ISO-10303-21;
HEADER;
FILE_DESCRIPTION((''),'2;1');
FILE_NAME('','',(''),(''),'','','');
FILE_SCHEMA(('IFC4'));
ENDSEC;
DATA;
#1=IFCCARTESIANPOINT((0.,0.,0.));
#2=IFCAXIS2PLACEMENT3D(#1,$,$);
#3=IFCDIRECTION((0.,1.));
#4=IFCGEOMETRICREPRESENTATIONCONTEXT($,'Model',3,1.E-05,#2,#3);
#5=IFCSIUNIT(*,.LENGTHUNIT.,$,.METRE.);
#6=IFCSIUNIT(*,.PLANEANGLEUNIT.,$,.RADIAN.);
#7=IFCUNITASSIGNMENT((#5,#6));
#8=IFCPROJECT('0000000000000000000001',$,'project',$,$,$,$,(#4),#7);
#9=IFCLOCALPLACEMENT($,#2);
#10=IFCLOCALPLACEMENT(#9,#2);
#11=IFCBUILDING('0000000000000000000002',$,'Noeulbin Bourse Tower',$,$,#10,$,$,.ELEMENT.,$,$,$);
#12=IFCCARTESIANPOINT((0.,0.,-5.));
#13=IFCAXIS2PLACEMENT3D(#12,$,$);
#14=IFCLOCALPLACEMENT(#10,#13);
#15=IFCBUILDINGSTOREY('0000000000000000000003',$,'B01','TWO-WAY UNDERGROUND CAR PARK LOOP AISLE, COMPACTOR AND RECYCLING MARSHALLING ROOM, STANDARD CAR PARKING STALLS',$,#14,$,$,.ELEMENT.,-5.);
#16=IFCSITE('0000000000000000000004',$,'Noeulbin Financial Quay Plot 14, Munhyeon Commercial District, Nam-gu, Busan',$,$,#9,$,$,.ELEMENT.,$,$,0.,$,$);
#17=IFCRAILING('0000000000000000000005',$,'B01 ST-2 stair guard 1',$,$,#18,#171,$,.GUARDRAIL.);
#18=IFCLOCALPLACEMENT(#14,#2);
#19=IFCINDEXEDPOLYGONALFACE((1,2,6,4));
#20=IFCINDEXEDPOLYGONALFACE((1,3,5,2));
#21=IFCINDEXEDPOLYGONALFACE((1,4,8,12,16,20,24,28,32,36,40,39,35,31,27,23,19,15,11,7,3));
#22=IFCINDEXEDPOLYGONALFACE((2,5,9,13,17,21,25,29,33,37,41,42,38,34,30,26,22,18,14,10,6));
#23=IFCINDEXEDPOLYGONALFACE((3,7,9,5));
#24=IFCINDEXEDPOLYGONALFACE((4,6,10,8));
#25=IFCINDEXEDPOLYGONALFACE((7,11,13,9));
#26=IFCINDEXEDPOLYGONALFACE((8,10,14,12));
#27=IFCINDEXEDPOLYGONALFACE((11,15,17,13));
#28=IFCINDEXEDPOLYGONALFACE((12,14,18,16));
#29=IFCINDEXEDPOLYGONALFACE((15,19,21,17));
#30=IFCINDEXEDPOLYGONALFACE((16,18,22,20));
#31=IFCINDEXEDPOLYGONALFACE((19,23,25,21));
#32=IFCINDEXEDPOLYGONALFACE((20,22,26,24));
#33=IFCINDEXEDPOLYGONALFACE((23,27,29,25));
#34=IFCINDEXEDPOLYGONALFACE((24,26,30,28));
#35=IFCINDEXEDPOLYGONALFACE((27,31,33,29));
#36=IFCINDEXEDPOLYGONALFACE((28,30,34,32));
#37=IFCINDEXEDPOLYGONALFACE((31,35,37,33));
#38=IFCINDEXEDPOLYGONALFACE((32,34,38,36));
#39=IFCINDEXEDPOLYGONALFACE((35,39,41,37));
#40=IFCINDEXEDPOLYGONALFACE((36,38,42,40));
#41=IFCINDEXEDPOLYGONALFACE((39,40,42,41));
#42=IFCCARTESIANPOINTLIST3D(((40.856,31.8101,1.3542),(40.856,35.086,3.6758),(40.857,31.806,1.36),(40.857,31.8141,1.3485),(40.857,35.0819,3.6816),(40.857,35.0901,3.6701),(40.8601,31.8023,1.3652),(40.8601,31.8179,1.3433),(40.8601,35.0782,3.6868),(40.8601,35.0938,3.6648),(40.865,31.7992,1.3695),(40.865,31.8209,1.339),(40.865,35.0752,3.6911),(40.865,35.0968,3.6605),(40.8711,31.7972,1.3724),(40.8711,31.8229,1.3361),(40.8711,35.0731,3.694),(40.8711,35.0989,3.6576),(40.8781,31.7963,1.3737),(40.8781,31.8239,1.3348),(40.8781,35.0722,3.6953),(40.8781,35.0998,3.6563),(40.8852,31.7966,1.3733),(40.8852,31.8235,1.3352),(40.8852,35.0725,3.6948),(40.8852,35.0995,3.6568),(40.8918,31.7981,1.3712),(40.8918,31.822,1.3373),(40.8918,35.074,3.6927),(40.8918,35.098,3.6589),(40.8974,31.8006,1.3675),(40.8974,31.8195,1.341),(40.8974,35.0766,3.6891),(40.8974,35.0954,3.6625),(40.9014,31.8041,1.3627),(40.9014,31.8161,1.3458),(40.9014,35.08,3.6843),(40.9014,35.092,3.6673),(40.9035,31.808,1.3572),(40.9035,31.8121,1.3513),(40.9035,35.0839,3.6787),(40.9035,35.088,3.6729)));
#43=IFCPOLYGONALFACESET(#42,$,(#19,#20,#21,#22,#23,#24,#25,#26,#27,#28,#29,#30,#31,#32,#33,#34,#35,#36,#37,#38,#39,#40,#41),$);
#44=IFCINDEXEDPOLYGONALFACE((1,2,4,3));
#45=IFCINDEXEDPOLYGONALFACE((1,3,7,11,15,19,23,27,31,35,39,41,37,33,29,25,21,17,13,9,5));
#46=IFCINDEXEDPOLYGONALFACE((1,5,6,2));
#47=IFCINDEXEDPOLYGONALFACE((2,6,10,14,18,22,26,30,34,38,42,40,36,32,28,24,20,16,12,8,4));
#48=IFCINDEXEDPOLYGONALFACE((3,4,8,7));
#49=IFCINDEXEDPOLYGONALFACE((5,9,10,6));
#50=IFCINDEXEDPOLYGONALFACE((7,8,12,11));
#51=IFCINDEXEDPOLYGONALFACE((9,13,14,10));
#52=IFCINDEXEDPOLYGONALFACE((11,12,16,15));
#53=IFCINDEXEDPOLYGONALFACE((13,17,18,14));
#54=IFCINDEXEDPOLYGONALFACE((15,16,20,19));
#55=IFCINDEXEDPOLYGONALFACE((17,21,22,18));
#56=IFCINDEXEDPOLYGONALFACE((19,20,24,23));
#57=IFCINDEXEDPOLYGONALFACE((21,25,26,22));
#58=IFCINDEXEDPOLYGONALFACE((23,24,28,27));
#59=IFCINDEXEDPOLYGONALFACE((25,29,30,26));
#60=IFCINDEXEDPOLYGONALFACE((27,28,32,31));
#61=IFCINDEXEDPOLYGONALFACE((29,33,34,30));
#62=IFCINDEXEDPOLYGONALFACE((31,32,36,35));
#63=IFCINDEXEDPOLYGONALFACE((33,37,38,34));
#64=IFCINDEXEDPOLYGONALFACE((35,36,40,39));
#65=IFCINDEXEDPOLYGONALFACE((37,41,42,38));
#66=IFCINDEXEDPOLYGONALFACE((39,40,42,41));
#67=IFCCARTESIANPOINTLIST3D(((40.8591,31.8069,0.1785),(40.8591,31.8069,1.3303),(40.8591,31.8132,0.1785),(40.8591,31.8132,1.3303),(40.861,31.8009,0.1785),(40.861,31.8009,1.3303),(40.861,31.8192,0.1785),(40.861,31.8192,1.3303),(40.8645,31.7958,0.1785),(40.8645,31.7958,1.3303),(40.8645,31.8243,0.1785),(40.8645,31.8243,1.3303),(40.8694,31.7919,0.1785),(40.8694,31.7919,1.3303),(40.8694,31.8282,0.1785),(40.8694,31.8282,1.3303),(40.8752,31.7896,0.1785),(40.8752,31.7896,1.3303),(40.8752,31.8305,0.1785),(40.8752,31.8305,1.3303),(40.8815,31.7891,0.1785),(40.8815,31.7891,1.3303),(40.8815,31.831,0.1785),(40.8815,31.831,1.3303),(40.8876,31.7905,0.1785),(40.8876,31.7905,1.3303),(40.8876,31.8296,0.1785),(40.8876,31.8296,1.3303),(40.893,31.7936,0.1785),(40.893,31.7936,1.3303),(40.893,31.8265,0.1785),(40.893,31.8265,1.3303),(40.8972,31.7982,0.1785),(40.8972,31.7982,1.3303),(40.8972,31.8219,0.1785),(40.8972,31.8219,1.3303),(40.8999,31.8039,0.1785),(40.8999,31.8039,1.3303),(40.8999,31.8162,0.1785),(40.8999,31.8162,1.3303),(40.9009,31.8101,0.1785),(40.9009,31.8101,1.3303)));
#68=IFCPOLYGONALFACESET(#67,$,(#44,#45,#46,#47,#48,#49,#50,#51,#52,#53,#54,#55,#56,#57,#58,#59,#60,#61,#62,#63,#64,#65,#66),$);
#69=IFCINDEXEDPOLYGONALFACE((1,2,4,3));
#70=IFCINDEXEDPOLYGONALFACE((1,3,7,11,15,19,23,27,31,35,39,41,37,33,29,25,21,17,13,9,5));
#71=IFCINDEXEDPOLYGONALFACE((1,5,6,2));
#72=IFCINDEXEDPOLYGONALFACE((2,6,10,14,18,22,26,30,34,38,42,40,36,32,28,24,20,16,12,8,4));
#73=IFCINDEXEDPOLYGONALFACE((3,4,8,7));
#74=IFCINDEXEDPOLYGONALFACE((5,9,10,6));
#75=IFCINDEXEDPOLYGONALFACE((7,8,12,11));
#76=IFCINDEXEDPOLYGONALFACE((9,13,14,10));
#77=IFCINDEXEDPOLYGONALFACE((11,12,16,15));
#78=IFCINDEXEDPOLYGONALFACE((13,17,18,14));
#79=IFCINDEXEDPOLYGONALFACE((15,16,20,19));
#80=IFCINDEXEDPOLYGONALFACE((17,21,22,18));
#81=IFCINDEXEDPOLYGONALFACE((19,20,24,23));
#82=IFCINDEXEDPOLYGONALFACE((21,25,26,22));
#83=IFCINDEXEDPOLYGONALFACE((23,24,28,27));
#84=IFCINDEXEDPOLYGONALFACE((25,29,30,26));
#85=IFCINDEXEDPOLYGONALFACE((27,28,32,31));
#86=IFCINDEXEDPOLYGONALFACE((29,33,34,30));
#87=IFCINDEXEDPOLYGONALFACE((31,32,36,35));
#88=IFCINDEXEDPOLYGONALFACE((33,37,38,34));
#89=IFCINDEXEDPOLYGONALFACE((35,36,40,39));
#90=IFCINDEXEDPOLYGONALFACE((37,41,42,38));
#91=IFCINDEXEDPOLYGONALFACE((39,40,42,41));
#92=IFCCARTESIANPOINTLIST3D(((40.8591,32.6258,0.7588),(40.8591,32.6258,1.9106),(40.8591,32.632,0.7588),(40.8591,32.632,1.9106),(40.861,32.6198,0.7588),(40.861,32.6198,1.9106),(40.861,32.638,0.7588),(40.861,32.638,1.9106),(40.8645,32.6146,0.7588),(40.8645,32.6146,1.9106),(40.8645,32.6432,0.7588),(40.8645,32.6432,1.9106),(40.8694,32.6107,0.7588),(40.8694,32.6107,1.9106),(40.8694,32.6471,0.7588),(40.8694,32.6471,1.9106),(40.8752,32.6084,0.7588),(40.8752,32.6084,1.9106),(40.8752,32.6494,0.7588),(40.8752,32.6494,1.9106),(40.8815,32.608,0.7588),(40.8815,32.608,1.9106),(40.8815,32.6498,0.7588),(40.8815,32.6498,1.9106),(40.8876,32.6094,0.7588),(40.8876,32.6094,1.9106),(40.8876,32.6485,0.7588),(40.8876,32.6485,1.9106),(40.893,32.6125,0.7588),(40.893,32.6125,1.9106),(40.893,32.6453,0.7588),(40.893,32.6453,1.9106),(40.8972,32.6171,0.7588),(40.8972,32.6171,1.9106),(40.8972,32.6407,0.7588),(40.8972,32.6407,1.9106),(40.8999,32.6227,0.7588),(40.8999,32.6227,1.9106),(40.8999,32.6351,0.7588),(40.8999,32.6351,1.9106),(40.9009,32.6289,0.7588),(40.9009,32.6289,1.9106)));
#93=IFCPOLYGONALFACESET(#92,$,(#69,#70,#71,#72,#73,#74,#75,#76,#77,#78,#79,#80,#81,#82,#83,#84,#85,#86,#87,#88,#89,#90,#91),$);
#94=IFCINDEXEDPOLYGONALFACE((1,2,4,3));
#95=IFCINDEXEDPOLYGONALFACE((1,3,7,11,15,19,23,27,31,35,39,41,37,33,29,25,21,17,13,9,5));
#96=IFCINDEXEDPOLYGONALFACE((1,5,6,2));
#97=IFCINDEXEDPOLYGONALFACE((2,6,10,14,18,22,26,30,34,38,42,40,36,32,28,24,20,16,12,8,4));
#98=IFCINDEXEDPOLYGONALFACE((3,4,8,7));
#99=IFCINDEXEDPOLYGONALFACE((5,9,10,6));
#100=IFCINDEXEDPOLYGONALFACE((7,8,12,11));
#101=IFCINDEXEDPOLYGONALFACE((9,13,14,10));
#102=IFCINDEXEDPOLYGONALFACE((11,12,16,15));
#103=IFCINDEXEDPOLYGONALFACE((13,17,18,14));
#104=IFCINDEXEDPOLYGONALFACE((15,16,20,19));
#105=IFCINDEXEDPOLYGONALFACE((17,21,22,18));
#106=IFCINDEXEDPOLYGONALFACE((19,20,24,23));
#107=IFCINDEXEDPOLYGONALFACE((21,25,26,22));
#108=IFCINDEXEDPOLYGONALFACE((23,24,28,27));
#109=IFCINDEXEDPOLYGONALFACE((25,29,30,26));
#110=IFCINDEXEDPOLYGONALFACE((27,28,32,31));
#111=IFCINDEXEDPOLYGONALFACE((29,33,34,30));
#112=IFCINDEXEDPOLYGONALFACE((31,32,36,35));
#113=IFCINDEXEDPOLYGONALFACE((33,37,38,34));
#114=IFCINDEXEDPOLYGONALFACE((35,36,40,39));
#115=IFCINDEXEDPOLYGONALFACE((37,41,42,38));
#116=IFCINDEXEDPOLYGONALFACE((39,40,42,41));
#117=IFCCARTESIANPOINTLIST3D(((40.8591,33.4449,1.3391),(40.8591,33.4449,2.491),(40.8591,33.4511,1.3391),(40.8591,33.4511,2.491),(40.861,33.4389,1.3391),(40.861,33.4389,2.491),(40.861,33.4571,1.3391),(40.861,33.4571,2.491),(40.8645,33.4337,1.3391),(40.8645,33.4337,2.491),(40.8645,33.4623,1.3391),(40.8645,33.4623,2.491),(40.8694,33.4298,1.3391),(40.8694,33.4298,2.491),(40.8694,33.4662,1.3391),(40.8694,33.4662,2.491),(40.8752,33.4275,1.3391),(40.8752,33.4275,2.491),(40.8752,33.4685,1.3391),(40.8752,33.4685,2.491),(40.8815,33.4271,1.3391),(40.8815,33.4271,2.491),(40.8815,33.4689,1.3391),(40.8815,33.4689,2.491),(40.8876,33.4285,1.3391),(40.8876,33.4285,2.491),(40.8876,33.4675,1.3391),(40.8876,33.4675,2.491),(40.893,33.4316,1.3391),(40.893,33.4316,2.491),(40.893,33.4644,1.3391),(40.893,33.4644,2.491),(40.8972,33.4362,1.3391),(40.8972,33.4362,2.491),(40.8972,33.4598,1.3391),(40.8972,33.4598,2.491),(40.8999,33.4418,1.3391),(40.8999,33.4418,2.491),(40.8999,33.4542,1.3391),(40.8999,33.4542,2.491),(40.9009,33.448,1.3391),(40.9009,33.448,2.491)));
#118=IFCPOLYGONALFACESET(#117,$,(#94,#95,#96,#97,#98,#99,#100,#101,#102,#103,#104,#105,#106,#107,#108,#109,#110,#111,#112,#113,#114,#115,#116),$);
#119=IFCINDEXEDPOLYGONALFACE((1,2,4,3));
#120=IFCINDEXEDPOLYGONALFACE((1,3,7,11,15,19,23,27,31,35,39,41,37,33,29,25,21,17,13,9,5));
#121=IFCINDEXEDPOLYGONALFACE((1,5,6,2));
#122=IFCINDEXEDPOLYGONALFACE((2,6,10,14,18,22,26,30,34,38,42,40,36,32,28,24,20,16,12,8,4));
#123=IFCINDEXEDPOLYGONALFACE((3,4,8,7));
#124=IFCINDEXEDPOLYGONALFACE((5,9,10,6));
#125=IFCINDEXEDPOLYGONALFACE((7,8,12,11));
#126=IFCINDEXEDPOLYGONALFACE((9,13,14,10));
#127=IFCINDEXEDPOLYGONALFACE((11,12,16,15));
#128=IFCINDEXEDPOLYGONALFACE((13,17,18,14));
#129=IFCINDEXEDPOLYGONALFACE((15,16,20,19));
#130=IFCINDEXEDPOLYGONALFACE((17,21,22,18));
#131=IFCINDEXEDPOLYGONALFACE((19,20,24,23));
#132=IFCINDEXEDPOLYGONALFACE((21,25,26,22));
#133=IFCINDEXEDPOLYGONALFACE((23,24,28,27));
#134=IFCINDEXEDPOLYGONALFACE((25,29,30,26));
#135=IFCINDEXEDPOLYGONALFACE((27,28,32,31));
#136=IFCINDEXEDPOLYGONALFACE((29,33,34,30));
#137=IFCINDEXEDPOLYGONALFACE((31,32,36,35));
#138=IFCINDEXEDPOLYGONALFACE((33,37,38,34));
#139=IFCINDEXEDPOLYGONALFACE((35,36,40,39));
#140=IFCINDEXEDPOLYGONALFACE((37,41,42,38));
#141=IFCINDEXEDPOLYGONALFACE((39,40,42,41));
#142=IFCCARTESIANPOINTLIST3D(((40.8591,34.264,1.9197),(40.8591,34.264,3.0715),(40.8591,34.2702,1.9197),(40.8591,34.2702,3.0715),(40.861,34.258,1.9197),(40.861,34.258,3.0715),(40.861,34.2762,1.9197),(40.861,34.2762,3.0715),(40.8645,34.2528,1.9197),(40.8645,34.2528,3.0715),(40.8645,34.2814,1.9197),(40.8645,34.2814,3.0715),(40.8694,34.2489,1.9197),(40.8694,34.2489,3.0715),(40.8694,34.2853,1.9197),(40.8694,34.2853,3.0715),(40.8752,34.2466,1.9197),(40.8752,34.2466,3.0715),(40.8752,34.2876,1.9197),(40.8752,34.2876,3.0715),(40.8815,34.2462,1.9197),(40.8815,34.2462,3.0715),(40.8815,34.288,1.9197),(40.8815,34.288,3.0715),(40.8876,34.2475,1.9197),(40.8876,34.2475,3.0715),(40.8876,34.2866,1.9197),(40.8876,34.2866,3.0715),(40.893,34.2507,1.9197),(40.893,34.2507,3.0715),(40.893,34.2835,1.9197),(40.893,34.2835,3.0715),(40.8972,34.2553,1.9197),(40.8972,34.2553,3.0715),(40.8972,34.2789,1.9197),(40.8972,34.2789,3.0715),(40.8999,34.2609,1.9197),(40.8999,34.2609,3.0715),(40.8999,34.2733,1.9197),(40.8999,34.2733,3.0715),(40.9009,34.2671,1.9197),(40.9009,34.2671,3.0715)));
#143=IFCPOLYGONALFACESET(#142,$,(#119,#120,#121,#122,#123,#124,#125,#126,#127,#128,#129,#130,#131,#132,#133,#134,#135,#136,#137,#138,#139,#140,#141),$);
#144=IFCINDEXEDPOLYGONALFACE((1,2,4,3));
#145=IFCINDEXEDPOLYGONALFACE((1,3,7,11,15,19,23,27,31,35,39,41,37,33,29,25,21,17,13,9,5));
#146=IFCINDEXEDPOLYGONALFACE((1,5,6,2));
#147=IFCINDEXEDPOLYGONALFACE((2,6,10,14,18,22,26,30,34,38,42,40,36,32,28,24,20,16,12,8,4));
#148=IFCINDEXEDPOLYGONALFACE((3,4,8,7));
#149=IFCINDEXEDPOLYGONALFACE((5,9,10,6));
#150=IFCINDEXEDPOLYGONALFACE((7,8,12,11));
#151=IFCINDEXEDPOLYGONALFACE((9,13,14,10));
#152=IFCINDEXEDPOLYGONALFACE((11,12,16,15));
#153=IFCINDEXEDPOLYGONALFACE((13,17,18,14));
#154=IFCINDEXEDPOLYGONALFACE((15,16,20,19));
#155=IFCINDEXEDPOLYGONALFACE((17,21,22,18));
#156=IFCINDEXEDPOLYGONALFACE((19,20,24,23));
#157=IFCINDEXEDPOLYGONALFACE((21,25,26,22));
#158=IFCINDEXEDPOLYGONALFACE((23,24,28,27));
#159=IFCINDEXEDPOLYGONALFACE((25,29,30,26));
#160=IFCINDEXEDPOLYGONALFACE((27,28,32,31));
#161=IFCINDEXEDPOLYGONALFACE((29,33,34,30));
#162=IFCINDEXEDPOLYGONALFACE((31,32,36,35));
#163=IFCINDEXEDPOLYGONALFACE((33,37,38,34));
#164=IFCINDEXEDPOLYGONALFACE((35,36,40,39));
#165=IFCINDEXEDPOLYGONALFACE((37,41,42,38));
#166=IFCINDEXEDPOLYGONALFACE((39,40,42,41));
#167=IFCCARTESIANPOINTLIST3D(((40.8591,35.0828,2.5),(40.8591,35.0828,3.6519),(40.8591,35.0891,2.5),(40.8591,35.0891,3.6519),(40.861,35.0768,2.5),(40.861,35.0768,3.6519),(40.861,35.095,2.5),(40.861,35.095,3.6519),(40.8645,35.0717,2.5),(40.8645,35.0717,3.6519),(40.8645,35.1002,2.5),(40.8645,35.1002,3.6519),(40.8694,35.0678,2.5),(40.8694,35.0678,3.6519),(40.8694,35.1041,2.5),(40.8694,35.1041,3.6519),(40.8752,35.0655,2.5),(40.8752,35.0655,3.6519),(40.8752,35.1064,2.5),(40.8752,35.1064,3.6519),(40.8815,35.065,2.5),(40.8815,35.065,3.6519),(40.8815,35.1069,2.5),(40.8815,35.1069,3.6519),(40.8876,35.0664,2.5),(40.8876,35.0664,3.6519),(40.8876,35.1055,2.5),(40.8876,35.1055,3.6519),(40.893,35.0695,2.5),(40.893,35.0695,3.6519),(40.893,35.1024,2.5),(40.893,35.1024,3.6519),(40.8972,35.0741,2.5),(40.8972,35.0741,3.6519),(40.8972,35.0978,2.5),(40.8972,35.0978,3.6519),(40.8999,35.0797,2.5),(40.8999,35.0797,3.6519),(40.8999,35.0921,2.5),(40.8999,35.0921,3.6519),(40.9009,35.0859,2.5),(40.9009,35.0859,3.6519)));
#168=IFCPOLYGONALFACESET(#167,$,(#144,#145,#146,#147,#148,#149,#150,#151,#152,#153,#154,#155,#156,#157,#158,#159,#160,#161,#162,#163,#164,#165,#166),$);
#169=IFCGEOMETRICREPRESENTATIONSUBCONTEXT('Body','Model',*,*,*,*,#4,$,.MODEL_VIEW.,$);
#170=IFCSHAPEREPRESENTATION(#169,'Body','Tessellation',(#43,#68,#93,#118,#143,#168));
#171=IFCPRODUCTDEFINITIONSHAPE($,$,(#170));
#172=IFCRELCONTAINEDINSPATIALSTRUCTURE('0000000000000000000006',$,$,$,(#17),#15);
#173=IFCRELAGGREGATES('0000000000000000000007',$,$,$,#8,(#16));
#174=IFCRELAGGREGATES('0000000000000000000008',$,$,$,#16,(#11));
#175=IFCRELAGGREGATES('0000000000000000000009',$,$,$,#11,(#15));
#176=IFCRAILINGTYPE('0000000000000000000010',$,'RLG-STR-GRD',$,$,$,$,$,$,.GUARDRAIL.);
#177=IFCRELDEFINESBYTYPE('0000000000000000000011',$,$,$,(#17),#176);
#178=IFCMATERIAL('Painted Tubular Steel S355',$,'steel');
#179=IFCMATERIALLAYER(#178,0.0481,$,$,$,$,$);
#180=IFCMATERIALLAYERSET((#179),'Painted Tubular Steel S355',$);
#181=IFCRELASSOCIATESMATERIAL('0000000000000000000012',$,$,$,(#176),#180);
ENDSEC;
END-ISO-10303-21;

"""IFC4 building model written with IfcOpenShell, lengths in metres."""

from ifc_helpers import new_model, si_unit, direction, frame, origin, origin_2d, place, context, subcontext, project, spatial, circle, extrude, material, layer, layer_set, type_object, element, save


model = new_model("IFC4")

# Units and contexts
model_context = context("Model", 3, precision=1e-05, world=origin(), true_north=direction((0.0, 1.0)))
body_context = subcontext(model_context, "Body", "Model", "MODEL_VIEW")
ifc_project = project(units=[si_unit("LENGTHUNIT", "METRE"), si_unit("PLANEANGLEUNIT", "RADIAN")], contexts=[model_context])

# Site, building, storey
site_placement = place(None, origin())
site = spatial("IfcSite", under=ifc_project, at=site_placement, Name="Noeulbin Financial Quay Plot 14, Munhyeon Commercial District, Nam-gu, Busan", CompositionType="ELEMENT", RefElevation=0.0)
building_placement = place(site_placement, origin())
building = spatial("IfcBuilding", under=site, at=building_placement, Name="Noeulbin Bourse Tower", CompositionType="ELEMENT")
storey_placement = place(building_placement, frame((0.0, 0.0, -5.0)))
storey = spatial("IfcBuildingStorey", under=building, at=storey_placement, Name="B01", Description="TWO-WAY UNDERGROUND CAR PARK LOOP AISLE, COMPACTOR AND RECYCLING MARSHALLING ROOM, STANDARD CAR PARKING STALLS", CompositionType="ELEMENT", Elevation=-5.0)

# Railing
ifc_material_1 = material(Name="Painted Tubular Steel S355", Category="steel")
ifc_layer_1 = layer(ifc_material_1, 0.0481)
ifc_layer_set_1 = layer_set([ifc_layer_1], Name="Painted Tubular Steel S355")
railing_type_1 = type_object("IfcRailingType", Name="RLG-STR-GRD", PredefinedType="GUARDRAIL", material=ifc_layer_set_1)
railing_1_placement = place(storey_placement, frame((40.8799, 31.8101, 0.1785)))
element("IfcRailing", 1, at=railing_1_placement, inside=storey, type_object=railing_type_1, Name="B01 ST-2 stair guard 1", PredefinedType="GUARDRAIL", context=body_context, shape_type="SweptSolid", body=[
    extrude(circle(Radius=0.0239, at=origin_2d()), frame((0.0, 0.0, 1.1758), z_axis=(0.0, 0.815893, 0.578203), x_axis=(-1.0, 0.0, 0.0)), (0.0, 0.0, 1.0), 4.0151),
    extrude(circle(Radius=0.021, at=origin_2d()), origin(), (0.0, 0.0, 1.0), 1.1519),
    extrude(circle(Radius=0.021, at=origin_2d()), frame((0.0, 0.8188, 0.5803)), (0.0, 0.0, 1.0), 1.1519),
    extrude(circle(Radius=0.021, at=origin_2d()), frame((0.0, 1.6379, 1.1606)), (0.0, 0.0, 1.0), 1.1519),
    extrude(circle(Radius=0.021, at=origin_2d()), frame((0.0, 2.457, 1.7412)), (0.0, 0.0, 1.0), 1.1519),
    extrude(circle(Radius=0.021, at=origin_2d()), frame((0.0, 3.2759, 2.3215)), (0.0, 0.0, 1.0), 1.1519),
])

save(model, "model.ifc")
